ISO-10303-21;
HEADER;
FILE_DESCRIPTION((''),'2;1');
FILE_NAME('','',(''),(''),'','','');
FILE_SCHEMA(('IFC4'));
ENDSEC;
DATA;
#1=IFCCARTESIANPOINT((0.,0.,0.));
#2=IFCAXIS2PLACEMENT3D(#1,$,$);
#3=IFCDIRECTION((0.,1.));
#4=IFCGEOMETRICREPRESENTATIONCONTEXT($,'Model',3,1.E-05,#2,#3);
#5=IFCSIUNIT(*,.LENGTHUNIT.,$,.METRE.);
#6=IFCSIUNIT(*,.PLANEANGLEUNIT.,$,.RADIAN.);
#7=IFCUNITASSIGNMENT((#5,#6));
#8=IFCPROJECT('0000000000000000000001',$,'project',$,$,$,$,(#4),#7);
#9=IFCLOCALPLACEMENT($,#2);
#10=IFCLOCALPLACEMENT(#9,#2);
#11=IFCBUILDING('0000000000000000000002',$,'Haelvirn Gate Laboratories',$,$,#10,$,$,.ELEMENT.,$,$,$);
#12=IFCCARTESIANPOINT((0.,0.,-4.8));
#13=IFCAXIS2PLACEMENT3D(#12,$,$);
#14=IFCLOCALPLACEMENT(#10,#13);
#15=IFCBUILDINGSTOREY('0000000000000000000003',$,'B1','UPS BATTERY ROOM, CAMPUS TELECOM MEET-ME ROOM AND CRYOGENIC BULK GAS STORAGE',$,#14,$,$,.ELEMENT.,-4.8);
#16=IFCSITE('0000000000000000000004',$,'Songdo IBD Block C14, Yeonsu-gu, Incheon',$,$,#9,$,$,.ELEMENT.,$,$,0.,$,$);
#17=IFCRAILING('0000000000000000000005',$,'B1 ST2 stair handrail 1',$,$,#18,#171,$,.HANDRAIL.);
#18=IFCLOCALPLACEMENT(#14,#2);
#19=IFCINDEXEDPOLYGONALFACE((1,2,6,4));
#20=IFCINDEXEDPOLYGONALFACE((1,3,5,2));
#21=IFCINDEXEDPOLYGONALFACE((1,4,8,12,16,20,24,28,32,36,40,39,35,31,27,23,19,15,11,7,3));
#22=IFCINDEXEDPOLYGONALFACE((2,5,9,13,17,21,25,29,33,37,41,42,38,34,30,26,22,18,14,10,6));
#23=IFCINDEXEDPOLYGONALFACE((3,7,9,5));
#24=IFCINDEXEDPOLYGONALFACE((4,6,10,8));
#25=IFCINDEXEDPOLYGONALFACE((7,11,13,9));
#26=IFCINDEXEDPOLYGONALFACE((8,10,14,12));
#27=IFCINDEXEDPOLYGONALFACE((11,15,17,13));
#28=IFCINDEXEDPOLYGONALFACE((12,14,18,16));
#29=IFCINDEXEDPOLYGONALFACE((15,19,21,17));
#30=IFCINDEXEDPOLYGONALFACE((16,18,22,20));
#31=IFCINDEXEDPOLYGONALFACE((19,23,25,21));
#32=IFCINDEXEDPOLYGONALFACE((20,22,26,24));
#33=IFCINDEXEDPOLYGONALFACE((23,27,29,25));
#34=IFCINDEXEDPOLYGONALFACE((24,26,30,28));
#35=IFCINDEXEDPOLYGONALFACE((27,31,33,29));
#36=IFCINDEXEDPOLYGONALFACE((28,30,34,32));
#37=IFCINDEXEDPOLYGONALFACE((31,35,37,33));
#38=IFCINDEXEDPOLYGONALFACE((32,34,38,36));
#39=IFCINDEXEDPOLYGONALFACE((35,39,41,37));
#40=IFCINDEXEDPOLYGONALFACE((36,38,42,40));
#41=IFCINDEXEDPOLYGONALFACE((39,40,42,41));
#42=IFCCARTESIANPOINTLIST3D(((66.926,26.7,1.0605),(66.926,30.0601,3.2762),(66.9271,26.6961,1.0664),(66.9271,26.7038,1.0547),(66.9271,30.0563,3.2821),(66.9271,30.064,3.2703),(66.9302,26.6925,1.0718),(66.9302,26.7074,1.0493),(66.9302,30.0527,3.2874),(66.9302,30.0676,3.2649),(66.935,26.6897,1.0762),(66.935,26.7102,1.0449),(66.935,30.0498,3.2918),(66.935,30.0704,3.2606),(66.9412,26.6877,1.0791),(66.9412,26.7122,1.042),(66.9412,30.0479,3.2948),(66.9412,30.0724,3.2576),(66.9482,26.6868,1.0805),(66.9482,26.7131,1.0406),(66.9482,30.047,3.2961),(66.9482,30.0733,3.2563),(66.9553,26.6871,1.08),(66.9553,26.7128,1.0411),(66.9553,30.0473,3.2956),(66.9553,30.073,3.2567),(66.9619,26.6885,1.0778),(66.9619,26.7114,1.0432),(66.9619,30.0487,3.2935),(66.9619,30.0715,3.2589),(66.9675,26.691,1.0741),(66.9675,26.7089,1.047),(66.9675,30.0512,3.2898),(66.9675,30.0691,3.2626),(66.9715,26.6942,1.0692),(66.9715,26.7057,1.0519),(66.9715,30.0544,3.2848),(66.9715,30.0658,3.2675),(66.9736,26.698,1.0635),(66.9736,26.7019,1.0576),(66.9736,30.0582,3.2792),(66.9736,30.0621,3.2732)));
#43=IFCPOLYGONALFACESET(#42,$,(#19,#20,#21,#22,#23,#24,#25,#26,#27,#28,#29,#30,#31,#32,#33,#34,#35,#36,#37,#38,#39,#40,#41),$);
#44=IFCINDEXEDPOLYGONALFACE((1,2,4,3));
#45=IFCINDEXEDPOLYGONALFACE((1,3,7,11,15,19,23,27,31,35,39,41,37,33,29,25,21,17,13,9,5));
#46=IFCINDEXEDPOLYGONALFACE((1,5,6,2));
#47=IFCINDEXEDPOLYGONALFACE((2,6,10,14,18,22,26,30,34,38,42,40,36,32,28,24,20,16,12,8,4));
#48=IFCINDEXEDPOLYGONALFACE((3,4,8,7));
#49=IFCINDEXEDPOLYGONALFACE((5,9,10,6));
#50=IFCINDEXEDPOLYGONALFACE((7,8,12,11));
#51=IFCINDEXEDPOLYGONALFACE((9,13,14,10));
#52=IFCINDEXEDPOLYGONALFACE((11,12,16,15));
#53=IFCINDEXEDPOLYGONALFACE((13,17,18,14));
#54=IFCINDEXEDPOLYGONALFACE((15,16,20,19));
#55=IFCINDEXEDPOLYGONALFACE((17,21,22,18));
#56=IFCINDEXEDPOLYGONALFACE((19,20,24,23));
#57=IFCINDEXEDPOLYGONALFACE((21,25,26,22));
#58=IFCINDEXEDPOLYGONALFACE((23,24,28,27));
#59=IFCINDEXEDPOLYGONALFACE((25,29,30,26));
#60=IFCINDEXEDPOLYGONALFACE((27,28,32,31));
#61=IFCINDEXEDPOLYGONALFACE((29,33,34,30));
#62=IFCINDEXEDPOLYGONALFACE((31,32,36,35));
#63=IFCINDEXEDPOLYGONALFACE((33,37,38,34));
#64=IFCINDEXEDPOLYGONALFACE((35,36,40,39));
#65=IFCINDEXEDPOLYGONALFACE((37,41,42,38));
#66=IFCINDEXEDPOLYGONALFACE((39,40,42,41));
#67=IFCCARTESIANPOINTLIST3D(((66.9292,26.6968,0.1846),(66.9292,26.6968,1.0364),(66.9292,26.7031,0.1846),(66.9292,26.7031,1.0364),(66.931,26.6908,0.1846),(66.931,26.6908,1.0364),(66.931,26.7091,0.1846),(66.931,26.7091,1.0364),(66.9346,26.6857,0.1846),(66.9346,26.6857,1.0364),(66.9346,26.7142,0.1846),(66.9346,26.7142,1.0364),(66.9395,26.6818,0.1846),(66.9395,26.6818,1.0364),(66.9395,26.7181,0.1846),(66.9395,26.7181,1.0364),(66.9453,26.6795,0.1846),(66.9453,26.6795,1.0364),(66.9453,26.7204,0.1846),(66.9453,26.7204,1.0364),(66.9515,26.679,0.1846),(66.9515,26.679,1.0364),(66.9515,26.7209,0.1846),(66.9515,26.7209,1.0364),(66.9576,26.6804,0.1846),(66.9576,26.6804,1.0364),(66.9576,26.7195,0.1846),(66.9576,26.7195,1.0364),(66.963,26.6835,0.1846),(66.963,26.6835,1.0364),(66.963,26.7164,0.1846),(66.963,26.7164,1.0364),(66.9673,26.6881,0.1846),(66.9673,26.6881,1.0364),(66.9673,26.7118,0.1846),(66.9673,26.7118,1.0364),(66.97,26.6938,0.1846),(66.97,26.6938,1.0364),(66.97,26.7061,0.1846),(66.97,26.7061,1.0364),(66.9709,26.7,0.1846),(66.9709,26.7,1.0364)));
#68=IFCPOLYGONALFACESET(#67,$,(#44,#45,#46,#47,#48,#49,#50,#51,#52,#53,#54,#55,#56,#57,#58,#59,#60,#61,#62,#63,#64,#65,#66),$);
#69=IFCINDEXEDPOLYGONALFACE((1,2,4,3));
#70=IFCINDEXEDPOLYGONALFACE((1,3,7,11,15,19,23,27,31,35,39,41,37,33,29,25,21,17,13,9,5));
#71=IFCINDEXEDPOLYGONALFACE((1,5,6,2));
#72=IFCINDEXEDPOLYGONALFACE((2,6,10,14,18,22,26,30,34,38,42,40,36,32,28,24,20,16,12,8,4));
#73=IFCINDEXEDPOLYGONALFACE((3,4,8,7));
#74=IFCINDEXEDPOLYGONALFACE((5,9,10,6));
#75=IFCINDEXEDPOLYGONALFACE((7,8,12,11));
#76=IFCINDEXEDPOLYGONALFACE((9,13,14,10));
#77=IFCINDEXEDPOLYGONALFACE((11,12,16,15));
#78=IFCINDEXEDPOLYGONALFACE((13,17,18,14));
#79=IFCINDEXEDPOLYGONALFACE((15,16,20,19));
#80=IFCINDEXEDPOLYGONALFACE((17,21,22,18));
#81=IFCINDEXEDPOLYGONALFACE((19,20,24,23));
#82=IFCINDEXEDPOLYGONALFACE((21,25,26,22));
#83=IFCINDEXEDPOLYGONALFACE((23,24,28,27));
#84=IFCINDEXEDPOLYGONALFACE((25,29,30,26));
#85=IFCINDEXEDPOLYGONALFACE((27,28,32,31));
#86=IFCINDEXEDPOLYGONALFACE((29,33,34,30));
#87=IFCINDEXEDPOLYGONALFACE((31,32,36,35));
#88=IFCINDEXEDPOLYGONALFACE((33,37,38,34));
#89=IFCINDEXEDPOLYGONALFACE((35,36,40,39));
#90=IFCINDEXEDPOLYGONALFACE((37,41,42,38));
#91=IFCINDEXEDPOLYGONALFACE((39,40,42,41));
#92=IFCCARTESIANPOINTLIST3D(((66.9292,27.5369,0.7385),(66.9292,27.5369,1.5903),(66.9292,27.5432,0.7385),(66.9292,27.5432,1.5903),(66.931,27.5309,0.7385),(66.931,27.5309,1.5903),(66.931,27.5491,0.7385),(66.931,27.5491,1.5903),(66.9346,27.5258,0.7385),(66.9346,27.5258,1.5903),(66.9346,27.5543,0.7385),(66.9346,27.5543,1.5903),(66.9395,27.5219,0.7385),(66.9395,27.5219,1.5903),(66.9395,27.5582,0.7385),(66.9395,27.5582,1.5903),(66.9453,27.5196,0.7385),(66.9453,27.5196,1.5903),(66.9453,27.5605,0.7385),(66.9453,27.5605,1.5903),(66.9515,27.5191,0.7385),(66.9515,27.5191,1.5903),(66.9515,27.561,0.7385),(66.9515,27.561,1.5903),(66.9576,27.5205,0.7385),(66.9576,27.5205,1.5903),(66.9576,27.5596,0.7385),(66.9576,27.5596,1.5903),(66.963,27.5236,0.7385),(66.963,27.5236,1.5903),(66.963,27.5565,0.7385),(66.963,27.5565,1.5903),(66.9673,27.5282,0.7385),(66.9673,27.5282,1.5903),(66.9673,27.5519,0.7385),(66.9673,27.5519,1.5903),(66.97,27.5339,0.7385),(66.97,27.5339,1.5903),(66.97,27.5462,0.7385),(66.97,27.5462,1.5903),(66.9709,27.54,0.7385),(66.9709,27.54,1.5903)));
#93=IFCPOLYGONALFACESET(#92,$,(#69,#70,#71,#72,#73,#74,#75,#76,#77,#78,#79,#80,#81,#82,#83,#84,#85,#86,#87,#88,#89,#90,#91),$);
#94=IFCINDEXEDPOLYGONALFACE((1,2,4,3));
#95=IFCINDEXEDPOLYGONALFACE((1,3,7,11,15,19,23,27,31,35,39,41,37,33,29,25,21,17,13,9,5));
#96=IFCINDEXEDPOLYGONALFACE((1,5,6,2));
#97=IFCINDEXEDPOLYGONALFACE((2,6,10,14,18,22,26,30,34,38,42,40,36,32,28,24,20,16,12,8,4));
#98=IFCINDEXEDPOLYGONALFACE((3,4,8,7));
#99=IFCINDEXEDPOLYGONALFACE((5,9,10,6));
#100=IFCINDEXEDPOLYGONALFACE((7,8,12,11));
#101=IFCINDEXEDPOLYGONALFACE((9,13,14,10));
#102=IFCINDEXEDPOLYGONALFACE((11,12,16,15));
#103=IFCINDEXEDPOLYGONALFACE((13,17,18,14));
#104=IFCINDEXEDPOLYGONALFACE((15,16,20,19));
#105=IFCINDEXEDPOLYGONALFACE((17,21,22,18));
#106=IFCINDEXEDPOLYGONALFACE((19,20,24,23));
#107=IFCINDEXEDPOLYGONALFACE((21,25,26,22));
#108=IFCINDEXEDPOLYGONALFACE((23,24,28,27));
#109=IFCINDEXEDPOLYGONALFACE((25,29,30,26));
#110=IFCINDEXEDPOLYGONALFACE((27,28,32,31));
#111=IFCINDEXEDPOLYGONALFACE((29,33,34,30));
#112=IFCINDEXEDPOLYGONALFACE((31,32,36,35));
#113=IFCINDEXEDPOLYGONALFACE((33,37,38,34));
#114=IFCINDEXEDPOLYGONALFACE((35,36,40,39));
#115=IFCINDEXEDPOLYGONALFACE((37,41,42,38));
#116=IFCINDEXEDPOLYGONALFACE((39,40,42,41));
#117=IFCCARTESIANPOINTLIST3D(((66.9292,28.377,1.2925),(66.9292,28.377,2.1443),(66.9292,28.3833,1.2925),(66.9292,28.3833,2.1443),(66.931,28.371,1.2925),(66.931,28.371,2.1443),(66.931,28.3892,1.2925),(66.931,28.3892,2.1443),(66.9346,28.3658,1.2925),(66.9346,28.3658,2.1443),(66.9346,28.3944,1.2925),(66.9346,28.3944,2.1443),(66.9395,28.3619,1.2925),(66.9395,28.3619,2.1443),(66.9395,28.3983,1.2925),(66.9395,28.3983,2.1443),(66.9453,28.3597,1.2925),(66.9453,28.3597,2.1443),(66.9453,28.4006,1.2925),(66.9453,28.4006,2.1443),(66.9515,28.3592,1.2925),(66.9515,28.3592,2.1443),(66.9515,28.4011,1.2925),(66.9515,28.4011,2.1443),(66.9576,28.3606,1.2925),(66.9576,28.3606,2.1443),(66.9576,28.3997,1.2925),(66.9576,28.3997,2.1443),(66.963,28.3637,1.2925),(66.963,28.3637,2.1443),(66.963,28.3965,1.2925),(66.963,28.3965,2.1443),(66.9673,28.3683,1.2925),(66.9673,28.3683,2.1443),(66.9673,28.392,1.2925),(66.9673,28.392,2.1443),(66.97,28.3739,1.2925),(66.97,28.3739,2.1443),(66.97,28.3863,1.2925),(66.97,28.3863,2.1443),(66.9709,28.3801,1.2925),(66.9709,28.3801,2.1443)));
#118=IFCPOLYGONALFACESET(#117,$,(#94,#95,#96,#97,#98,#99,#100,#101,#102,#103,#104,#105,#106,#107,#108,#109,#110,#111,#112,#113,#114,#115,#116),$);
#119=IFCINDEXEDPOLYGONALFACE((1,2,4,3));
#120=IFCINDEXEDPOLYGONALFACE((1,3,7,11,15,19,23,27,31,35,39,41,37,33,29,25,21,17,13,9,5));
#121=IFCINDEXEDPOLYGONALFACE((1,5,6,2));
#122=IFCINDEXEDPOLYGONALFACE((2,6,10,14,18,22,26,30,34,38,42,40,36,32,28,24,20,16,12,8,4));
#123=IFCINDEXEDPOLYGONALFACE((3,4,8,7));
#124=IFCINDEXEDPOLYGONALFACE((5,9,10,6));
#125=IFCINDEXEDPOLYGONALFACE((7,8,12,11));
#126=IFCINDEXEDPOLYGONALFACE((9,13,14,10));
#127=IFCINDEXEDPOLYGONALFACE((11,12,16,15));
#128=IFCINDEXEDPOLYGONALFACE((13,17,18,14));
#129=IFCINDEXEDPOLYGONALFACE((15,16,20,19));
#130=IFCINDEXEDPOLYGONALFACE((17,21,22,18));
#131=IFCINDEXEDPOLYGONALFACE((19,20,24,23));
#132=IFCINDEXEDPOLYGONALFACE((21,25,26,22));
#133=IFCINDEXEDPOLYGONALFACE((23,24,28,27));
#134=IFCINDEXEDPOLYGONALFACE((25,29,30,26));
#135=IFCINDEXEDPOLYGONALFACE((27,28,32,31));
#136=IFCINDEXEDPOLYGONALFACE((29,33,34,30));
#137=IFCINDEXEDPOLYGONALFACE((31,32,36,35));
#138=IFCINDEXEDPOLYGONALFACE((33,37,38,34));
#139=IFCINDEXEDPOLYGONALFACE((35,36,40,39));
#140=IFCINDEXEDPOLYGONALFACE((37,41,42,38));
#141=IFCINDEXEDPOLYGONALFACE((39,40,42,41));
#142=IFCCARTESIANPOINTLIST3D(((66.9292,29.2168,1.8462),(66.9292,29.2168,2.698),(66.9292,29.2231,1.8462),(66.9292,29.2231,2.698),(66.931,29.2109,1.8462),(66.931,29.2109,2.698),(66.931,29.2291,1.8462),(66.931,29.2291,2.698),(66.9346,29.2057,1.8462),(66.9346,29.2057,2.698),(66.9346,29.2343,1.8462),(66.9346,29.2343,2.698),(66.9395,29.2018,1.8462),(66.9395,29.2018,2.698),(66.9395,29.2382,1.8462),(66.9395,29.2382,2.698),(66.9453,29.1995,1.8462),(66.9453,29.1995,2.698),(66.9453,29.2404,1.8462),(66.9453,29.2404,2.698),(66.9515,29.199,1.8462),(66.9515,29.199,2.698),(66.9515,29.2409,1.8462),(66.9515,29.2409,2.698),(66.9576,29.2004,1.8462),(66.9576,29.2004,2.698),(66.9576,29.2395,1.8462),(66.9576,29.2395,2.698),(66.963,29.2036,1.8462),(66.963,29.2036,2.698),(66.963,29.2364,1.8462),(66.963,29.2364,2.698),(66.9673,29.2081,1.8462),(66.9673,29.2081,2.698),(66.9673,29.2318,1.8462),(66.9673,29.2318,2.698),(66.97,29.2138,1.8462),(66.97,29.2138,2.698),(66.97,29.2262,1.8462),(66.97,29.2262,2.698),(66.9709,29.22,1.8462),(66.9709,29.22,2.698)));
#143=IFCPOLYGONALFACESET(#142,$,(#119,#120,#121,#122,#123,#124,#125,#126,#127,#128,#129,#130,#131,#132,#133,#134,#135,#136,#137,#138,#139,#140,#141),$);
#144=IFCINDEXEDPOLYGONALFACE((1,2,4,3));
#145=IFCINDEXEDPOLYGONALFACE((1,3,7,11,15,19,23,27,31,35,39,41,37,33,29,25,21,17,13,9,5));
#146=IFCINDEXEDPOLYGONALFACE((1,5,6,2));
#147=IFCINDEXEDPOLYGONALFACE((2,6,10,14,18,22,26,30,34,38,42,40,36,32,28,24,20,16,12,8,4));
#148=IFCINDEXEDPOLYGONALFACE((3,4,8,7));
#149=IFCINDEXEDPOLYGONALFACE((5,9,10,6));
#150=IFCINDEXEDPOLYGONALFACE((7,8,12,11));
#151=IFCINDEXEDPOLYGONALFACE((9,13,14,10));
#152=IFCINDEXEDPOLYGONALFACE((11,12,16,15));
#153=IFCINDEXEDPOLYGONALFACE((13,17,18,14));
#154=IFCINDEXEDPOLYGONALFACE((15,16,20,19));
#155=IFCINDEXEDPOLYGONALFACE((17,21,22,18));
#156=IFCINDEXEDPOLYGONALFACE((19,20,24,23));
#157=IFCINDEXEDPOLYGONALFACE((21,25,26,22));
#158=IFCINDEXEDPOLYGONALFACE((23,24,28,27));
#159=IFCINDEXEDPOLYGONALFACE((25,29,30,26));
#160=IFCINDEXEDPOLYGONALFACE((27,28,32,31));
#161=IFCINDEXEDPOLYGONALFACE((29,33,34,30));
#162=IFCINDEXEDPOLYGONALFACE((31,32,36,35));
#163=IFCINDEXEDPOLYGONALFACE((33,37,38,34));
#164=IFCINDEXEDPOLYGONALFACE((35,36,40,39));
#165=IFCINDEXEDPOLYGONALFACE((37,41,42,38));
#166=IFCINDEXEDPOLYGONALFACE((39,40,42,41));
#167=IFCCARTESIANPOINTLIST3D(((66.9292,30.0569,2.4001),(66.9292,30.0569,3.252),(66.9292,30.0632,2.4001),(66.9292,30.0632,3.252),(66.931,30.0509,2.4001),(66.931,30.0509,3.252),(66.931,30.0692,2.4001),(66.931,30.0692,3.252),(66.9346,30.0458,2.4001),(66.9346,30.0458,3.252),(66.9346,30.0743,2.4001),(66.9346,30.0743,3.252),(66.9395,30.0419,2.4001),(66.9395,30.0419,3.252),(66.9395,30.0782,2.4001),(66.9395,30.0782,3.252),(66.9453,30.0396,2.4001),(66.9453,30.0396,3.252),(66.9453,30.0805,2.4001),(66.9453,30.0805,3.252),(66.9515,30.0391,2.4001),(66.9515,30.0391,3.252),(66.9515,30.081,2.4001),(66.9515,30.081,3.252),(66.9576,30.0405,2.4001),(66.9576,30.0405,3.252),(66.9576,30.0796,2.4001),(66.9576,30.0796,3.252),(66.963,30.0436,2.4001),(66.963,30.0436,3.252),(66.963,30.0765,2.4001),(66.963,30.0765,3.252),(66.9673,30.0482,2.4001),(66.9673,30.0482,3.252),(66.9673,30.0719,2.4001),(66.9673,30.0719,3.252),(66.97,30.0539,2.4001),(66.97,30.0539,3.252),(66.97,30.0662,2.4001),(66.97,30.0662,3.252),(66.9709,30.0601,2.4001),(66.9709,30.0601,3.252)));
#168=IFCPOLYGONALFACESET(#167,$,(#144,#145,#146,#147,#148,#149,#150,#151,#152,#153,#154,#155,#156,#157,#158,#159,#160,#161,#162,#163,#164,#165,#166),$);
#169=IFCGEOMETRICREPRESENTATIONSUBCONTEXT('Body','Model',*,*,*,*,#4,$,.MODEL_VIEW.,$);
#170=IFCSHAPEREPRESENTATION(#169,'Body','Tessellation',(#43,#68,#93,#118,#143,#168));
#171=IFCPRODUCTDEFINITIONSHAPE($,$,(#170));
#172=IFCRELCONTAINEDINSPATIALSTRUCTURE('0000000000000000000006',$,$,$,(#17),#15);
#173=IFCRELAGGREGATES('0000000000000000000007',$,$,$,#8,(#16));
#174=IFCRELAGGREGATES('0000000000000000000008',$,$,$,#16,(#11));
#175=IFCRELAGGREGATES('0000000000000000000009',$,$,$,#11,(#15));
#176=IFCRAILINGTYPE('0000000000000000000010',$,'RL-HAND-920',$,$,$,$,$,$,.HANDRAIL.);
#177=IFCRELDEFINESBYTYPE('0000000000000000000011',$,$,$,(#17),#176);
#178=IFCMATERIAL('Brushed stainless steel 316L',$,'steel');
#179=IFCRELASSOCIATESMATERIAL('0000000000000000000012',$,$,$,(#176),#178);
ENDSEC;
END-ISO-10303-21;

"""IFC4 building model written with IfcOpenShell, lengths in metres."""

from ifc_helpers import new_model, si_unit, direction, frame, origin, origin_2d, place, context, subcontext, project, spatial, circle, extrude, source, transform, mapped, material, type_object, element, save


model = new_model("IFC4")

# Units and contexts
model_context = context("Model", 3, precision=1e-05, world=origin(), true_north=direction((0.0, 1.0)))
body_context = subcontext(model_context, "Body", "Model", "MODEL_VIEW")
ifc_project = project(units=[si_unit("LENGTHUNIT", "METRE"), si_unit("PLANEANGLEUNIT", "RADIAN")], contexts=[model_context])

# Site, building, storey
site_placement = place(None, origin())
site = spatial("IfcSite", under=ifc_project, at=site_placement, Name="Songdo IBD Block C14, Yeonsu-gu, Incheon", CompositionType="ELEMENT", RefElevation=0.0)
building_placement = place(site_placement, origin())
building = spatial("IfcBuilding", under=site, at=building_placement, Name="Haelvirn Gate Laboratories", CompositionType="ELEMENT")
storey_placement = place(building_placement, frame((0.0, 0.0, -4.8)))
storey = spatial("IfcBuildingStorey", under=building, at=storey_placement, Name="B1", Description="UPS BATTERY ROOM, CAMPUS TELECOM MEET-ME ROOM AND CRYOGENIC BULK GAS STORAGE", CompositionType="ELEMENT", Elevation=-4.8)

# Railing
ifc_material_1 = material(Name="Brushed stainless steel 316L", Category="steel")
railing_type_1 = type_object("IfcRailingType", Name="RL-HAND-920", PredefinedType="HANDRAIL", material=ifc_material_1)
shared_shape_1 = source(origin(), body_context, "Body", "SweptSolid", [
    extrude(circle(Radius=0.0239, at=origin_2d()), frame((0.0, 0.0, 0.876), z_axis=(0.0, 0.834849, 0.55048), x_axis=(-1.0, 0.0, 0.0)), (0.0, 0.0, 1.0), 4.0249),
    extrude(circle(Radius=0.021, at=origin_2d()), origin(), (0.0, 0.0, 1.0), 0.8518),
    extrude(circle(Radius=0.021, at=origin_2d()), frame((0.0, 0.8401, 0.554)), (0.0, 0.0, 1.0), 0.8518),
    extrude(circle(Radius=0.021, at=origin_2d()), frame((0.0, 1.6802, 1.1079)), (0.0, 0.0, 1.0), 0.8518),
    extrude(circle(Radius=0.021, at=origin_2d()), frame((0.0, 2.52, 1.6616)), (0.0, 0.0, 1.0), 0.8518),
    extrude(circle(Radius=0.021, at=origin_2d()), frame((0.0, 3.3601, 2.2156)), (0.0, 0.0, 1.0), 0.8518),
])
railing_1_placement = place(storey_placement, frame((66.95, 26.7, 0.1846)))
element("IfcRailing", 1, at=railing_1_placement, inside=storey, type_object=railing_type_1, Name="B1 ST2 stair handrail 1", PredefinedType="HANDRAIL", context=body_context, shape_type="MappedRepresentation", body=[
    mapped(shared_shape_1, transform((0.0, 0.0, 0.0), scale=1.0)),
])

save(model, "model.ifc")
